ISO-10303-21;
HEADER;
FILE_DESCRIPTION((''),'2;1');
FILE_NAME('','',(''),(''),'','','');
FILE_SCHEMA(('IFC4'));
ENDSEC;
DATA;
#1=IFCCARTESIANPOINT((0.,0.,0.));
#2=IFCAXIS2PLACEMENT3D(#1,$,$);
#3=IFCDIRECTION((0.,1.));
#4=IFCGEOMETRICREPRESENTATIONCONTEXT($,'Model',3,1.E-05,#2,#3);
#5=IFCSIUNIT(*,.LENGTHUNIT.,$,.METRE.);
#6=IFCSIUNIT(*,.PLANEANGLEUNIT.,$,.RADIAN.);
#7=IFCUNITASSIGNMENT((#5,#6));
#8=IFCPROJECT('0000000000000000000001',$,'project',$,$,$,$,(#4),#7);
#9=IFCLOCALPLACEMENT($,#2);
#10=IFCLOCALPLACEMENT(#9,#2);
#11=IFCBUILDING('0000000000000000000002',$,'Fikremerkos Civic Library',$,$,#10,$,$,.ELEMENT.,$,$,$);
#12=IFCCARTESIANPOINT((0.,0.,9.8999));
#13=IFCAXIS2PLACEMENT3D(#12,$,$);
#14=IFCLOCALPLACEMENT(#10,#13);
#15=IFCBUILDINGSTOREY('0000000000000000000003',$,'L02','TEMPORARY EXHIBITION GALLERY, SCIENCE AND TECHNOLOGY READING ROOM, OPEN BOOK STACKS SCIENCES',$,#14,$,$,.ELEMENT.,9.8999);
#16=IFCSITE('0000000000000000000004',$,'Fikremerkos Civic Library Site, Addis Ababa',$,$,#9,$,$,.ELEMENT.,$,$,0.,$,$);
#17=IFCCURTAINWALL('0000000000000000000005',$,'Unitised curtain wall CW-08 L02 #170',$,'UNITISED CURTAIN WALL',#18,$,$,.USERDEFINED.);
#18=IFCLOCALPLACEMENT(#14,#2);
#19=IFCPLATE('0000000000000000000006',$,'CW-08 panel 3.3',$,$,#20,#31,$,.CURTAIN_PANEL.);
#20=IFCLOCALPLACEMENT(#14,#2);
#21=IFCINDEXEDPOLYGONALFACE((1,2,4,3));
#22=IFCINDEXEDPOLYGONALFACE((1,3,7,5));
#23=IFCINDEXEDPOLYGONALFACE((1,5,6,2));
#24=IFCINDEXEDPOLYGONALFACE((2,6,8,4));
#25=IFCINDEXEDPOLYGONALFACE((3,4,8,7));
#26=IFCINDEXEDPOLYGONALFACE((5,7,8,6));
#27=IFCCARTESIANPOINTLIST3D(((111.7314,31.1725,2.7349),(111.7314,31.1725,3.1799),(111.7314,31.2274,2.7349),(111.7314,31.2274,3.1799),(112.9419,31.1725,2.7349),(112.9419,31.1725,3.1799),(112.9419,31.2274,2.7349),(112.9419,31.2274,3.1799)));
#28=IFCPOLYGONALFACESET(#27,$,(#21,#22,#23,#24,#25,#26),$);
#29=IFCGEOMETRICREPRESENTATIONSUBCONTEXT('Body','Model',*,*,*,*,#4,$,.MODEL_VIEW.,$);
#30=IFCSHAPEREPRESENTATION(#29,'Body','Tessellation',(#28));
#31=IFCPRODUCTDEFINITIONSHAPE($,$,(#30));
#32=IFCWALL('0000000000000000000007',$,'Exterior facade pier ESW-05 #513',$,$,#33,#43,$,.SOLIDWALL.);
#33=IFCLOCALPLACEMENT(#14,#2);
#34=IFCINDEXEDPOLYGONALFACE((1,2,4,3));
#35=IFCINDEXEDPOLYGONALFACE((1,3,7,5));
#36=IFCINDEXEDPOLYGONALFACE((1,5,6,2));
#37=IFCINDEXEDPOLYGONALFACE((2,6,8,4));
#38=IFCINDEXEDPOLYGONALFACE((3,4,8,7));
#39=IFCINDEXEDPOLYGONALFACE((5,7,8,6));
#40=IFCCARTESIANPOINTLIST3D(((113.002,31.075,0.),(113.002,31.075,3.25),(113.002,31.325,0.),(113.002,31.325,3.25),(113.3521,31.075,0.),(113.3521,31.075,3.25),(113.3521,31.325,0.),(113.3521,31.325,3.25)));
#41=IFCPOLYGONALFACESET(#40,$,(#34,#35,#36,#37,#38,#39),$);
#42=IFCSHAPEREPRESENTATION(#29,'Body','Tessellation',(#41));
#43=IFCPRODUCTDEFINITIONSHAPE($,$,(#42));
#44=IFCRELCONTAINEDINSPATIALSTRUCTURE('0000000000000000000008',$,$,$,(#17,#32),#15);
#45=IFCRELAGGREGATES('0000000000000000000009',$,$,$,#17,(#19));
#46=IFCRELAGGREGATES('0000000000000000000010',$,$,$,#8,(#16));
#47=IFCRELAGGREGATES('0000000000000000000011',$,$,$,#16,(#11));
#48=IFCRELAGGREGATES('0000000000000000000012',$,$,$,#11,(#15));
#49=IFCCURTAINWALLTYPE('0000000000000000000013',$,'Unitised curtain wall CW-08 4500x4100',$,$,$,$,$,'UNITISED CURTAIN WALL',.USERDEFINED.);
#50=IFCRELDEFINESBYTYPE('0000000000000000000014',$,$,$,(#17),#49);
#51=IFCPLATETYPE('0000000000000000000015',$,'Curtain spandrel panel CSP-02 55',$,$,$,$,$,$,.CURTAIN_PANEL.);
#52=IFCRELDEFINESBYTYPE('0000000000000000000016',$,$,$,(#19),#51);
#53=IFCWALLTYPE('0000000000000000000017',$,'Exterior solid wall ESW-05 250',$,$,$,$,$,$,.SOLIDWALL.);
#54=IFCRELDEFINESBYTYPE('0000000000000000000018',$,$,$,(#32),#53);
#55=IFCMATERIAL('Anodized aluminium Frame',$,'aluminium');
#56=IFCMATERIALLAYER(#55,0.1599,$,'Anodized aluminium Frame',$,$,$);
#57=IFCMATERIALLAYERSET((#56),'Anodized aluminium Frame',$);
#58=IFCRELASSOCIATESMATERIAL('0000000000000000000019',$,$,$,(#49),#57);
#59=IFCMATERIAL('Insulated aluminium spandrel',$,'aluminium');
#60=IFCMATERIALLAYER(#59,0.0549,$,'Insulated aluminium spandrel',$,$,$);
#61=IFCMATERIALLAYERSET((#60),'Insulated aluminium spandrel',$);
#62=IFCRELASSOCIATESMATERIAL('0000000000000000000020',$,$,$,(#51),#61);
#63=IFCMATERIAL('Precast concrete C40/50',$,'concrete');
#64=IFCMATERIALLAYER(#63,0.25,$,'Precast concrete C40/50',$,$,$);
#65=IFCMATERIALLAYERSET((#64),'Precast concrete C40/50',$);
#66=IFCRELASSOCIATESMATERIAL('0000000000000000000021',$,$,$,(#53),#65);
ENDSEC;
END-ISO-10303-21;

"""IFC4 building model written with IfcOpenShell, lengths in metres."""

from ifc_helpers import new_model, si_unit, direction, frame, frame_2d, origin, origin_2d, place, context, subcontext, project, spatial, rectangle, extrude, material, layer, layer_set, type_object, element, aggregate, save


model = new_model("IFC4")

# Units and contexts
model_context = context("Model", 3, precision=1e-05, world=origin(), true_north=direction((0.0, 1.0)))
body_context = subcontext(model_context, "Body", "Model", "MODEL_VIEW")
ifc_project = project(units=[si_unit("LENGTHUNIT", "METRE"), si_unit("PLANEANGLEUNIT", "RADIAN")], contexts=[model_context])

# Site, building, storey
site_placement = place(None, origin())
site = spatial("IfcSite", under=ifc_project, at=site_placement, Name="Fikremerkos Civic Library Site, Addis Ababa", CompositionType="ELEMENT", RefElevation=0.0)
building_placement = place(site_placement, origin())
building = spatial("IfcBuilding", under=site, at=building_placement, Name="Fikremerkos Civic Library", CompositionType="ELEMENT")
storey_placement = place(building_placement, frame((0.0, 0.0, 9.8999)))
storey = spatial("IfcBuildingStorey", under=building, at=storey_placement, Name="L02", Description="TEMPORARY EXHIBITION GALLERY, SCIENCE AND TECHNOLOGY READING ROOM, OPEN BOOK STACKS SCIENCES", CompositionType="ELEMENT", Elevation=9.8999)

# Curtain wall, plate
ifc_material_1 = material(Name="Anodized aluminium Frame", Category="aluminium")
ifc_layer_1 = layer(ifc_material_1, 0.1599, Name="Anodized aluminium Frame")
ifc_layer_set_1 = layer_set([ifc_layer_1], Name="Anodized aluminium Frame")
curtain_wall_type = type_object("IfcCurtainWallType", Name="Unitised curtain wall CW-08 4500x4100", ElementType="UNITISED CURTAIN WALL", PredefinedType="USERDEFINED", material=ifc_layer_set_1)
curtain_wall_placement = place(storey_placement, origin())
curtain_wall = element("IfcCurtainWall", 1, at=curtain_wall_placement, inside=storey, type_object=curtain_wall_type, Name="Unitised curtain wall CW-08 L02 #170", ObjectType="UNITISED CURTAIN WALL", PredefinedType="USERDEFINED")
ifc_material_2 = material(Name="Insulated aluminium spandrel", Category="aluminium")
ifc_layer_2 = layer(ifc_material_2, 0.0549, Name="Insulated aluminium spandrel")
ifc_layer_set_2 = layer_set([ifc_layer_2], Name="Insulated aluminium spandrel")
plate_type = type_object("IfcPlateType", Name="Curtain spandrel panel CSP-02 55", PredefinedType="CURTAIN_PANEL", material=ifc_layer_set_2)
plate_1_placement = place(storey_placement, frame((112.3367, 31.2, 2.7349), z_axis=(0.0, 0.0, 1.0), x_axis=(1.0, 0.0, 0.0)))
plate_1 = element("IfcPlate", 2, at=plate_1_placement, type_object=plate_type, Name="CW-08 panel 3.3", PredefinedType="CURTAIN_PANEL", context=body_context, shape_type="SweptSolid", body=[
    extrude(rectangle(XDim=1.2104, YDim=0.0549, at=origin_2d()), origin(), (0.0, 0.0, 1.0), 0.4451),
])
aggregate(curtain_wall, [plate_1])

# Wall
ifc_material_3 = material(Name="Precast concrete C40/50", Category="concrete")
ifc_layer_3 = layer(ifc_material_3, 0.25, Name="Precast concrete C40/50")
ifc_layer_set_3 = layer_set([ifc_layer_3], Name="Precast concrete C40/50")
wall_type = type_object("IfcWallType", Name="Exterior solid wall ESW-05 250", PredefinedType="SOLIDWALL", material=ifc_layer_set_3)
wall_placement = place(storey_placement, frame((113.002, 31.2, 0.0), z_axis=(0.0, 0.0, 1.0), x_axis=(1.0, 0.0, 0.0)))
element("IfcWall", 3, at=wall_placement, inside=storey, type_object=wall_type, Name="Exterior facade pier ESW-05 #513", PredefinedType="SOLIDWALL", context=body_context, shape_type="SweptSolid", body=[
    extrude(rectangle(XDim=0.3501, YDim=0.25, at=frame_2d((0.175, 0.0))), origin(), (0.0, 0.0, 1.0), 3.25),
])

save(model, "model.ifc")
